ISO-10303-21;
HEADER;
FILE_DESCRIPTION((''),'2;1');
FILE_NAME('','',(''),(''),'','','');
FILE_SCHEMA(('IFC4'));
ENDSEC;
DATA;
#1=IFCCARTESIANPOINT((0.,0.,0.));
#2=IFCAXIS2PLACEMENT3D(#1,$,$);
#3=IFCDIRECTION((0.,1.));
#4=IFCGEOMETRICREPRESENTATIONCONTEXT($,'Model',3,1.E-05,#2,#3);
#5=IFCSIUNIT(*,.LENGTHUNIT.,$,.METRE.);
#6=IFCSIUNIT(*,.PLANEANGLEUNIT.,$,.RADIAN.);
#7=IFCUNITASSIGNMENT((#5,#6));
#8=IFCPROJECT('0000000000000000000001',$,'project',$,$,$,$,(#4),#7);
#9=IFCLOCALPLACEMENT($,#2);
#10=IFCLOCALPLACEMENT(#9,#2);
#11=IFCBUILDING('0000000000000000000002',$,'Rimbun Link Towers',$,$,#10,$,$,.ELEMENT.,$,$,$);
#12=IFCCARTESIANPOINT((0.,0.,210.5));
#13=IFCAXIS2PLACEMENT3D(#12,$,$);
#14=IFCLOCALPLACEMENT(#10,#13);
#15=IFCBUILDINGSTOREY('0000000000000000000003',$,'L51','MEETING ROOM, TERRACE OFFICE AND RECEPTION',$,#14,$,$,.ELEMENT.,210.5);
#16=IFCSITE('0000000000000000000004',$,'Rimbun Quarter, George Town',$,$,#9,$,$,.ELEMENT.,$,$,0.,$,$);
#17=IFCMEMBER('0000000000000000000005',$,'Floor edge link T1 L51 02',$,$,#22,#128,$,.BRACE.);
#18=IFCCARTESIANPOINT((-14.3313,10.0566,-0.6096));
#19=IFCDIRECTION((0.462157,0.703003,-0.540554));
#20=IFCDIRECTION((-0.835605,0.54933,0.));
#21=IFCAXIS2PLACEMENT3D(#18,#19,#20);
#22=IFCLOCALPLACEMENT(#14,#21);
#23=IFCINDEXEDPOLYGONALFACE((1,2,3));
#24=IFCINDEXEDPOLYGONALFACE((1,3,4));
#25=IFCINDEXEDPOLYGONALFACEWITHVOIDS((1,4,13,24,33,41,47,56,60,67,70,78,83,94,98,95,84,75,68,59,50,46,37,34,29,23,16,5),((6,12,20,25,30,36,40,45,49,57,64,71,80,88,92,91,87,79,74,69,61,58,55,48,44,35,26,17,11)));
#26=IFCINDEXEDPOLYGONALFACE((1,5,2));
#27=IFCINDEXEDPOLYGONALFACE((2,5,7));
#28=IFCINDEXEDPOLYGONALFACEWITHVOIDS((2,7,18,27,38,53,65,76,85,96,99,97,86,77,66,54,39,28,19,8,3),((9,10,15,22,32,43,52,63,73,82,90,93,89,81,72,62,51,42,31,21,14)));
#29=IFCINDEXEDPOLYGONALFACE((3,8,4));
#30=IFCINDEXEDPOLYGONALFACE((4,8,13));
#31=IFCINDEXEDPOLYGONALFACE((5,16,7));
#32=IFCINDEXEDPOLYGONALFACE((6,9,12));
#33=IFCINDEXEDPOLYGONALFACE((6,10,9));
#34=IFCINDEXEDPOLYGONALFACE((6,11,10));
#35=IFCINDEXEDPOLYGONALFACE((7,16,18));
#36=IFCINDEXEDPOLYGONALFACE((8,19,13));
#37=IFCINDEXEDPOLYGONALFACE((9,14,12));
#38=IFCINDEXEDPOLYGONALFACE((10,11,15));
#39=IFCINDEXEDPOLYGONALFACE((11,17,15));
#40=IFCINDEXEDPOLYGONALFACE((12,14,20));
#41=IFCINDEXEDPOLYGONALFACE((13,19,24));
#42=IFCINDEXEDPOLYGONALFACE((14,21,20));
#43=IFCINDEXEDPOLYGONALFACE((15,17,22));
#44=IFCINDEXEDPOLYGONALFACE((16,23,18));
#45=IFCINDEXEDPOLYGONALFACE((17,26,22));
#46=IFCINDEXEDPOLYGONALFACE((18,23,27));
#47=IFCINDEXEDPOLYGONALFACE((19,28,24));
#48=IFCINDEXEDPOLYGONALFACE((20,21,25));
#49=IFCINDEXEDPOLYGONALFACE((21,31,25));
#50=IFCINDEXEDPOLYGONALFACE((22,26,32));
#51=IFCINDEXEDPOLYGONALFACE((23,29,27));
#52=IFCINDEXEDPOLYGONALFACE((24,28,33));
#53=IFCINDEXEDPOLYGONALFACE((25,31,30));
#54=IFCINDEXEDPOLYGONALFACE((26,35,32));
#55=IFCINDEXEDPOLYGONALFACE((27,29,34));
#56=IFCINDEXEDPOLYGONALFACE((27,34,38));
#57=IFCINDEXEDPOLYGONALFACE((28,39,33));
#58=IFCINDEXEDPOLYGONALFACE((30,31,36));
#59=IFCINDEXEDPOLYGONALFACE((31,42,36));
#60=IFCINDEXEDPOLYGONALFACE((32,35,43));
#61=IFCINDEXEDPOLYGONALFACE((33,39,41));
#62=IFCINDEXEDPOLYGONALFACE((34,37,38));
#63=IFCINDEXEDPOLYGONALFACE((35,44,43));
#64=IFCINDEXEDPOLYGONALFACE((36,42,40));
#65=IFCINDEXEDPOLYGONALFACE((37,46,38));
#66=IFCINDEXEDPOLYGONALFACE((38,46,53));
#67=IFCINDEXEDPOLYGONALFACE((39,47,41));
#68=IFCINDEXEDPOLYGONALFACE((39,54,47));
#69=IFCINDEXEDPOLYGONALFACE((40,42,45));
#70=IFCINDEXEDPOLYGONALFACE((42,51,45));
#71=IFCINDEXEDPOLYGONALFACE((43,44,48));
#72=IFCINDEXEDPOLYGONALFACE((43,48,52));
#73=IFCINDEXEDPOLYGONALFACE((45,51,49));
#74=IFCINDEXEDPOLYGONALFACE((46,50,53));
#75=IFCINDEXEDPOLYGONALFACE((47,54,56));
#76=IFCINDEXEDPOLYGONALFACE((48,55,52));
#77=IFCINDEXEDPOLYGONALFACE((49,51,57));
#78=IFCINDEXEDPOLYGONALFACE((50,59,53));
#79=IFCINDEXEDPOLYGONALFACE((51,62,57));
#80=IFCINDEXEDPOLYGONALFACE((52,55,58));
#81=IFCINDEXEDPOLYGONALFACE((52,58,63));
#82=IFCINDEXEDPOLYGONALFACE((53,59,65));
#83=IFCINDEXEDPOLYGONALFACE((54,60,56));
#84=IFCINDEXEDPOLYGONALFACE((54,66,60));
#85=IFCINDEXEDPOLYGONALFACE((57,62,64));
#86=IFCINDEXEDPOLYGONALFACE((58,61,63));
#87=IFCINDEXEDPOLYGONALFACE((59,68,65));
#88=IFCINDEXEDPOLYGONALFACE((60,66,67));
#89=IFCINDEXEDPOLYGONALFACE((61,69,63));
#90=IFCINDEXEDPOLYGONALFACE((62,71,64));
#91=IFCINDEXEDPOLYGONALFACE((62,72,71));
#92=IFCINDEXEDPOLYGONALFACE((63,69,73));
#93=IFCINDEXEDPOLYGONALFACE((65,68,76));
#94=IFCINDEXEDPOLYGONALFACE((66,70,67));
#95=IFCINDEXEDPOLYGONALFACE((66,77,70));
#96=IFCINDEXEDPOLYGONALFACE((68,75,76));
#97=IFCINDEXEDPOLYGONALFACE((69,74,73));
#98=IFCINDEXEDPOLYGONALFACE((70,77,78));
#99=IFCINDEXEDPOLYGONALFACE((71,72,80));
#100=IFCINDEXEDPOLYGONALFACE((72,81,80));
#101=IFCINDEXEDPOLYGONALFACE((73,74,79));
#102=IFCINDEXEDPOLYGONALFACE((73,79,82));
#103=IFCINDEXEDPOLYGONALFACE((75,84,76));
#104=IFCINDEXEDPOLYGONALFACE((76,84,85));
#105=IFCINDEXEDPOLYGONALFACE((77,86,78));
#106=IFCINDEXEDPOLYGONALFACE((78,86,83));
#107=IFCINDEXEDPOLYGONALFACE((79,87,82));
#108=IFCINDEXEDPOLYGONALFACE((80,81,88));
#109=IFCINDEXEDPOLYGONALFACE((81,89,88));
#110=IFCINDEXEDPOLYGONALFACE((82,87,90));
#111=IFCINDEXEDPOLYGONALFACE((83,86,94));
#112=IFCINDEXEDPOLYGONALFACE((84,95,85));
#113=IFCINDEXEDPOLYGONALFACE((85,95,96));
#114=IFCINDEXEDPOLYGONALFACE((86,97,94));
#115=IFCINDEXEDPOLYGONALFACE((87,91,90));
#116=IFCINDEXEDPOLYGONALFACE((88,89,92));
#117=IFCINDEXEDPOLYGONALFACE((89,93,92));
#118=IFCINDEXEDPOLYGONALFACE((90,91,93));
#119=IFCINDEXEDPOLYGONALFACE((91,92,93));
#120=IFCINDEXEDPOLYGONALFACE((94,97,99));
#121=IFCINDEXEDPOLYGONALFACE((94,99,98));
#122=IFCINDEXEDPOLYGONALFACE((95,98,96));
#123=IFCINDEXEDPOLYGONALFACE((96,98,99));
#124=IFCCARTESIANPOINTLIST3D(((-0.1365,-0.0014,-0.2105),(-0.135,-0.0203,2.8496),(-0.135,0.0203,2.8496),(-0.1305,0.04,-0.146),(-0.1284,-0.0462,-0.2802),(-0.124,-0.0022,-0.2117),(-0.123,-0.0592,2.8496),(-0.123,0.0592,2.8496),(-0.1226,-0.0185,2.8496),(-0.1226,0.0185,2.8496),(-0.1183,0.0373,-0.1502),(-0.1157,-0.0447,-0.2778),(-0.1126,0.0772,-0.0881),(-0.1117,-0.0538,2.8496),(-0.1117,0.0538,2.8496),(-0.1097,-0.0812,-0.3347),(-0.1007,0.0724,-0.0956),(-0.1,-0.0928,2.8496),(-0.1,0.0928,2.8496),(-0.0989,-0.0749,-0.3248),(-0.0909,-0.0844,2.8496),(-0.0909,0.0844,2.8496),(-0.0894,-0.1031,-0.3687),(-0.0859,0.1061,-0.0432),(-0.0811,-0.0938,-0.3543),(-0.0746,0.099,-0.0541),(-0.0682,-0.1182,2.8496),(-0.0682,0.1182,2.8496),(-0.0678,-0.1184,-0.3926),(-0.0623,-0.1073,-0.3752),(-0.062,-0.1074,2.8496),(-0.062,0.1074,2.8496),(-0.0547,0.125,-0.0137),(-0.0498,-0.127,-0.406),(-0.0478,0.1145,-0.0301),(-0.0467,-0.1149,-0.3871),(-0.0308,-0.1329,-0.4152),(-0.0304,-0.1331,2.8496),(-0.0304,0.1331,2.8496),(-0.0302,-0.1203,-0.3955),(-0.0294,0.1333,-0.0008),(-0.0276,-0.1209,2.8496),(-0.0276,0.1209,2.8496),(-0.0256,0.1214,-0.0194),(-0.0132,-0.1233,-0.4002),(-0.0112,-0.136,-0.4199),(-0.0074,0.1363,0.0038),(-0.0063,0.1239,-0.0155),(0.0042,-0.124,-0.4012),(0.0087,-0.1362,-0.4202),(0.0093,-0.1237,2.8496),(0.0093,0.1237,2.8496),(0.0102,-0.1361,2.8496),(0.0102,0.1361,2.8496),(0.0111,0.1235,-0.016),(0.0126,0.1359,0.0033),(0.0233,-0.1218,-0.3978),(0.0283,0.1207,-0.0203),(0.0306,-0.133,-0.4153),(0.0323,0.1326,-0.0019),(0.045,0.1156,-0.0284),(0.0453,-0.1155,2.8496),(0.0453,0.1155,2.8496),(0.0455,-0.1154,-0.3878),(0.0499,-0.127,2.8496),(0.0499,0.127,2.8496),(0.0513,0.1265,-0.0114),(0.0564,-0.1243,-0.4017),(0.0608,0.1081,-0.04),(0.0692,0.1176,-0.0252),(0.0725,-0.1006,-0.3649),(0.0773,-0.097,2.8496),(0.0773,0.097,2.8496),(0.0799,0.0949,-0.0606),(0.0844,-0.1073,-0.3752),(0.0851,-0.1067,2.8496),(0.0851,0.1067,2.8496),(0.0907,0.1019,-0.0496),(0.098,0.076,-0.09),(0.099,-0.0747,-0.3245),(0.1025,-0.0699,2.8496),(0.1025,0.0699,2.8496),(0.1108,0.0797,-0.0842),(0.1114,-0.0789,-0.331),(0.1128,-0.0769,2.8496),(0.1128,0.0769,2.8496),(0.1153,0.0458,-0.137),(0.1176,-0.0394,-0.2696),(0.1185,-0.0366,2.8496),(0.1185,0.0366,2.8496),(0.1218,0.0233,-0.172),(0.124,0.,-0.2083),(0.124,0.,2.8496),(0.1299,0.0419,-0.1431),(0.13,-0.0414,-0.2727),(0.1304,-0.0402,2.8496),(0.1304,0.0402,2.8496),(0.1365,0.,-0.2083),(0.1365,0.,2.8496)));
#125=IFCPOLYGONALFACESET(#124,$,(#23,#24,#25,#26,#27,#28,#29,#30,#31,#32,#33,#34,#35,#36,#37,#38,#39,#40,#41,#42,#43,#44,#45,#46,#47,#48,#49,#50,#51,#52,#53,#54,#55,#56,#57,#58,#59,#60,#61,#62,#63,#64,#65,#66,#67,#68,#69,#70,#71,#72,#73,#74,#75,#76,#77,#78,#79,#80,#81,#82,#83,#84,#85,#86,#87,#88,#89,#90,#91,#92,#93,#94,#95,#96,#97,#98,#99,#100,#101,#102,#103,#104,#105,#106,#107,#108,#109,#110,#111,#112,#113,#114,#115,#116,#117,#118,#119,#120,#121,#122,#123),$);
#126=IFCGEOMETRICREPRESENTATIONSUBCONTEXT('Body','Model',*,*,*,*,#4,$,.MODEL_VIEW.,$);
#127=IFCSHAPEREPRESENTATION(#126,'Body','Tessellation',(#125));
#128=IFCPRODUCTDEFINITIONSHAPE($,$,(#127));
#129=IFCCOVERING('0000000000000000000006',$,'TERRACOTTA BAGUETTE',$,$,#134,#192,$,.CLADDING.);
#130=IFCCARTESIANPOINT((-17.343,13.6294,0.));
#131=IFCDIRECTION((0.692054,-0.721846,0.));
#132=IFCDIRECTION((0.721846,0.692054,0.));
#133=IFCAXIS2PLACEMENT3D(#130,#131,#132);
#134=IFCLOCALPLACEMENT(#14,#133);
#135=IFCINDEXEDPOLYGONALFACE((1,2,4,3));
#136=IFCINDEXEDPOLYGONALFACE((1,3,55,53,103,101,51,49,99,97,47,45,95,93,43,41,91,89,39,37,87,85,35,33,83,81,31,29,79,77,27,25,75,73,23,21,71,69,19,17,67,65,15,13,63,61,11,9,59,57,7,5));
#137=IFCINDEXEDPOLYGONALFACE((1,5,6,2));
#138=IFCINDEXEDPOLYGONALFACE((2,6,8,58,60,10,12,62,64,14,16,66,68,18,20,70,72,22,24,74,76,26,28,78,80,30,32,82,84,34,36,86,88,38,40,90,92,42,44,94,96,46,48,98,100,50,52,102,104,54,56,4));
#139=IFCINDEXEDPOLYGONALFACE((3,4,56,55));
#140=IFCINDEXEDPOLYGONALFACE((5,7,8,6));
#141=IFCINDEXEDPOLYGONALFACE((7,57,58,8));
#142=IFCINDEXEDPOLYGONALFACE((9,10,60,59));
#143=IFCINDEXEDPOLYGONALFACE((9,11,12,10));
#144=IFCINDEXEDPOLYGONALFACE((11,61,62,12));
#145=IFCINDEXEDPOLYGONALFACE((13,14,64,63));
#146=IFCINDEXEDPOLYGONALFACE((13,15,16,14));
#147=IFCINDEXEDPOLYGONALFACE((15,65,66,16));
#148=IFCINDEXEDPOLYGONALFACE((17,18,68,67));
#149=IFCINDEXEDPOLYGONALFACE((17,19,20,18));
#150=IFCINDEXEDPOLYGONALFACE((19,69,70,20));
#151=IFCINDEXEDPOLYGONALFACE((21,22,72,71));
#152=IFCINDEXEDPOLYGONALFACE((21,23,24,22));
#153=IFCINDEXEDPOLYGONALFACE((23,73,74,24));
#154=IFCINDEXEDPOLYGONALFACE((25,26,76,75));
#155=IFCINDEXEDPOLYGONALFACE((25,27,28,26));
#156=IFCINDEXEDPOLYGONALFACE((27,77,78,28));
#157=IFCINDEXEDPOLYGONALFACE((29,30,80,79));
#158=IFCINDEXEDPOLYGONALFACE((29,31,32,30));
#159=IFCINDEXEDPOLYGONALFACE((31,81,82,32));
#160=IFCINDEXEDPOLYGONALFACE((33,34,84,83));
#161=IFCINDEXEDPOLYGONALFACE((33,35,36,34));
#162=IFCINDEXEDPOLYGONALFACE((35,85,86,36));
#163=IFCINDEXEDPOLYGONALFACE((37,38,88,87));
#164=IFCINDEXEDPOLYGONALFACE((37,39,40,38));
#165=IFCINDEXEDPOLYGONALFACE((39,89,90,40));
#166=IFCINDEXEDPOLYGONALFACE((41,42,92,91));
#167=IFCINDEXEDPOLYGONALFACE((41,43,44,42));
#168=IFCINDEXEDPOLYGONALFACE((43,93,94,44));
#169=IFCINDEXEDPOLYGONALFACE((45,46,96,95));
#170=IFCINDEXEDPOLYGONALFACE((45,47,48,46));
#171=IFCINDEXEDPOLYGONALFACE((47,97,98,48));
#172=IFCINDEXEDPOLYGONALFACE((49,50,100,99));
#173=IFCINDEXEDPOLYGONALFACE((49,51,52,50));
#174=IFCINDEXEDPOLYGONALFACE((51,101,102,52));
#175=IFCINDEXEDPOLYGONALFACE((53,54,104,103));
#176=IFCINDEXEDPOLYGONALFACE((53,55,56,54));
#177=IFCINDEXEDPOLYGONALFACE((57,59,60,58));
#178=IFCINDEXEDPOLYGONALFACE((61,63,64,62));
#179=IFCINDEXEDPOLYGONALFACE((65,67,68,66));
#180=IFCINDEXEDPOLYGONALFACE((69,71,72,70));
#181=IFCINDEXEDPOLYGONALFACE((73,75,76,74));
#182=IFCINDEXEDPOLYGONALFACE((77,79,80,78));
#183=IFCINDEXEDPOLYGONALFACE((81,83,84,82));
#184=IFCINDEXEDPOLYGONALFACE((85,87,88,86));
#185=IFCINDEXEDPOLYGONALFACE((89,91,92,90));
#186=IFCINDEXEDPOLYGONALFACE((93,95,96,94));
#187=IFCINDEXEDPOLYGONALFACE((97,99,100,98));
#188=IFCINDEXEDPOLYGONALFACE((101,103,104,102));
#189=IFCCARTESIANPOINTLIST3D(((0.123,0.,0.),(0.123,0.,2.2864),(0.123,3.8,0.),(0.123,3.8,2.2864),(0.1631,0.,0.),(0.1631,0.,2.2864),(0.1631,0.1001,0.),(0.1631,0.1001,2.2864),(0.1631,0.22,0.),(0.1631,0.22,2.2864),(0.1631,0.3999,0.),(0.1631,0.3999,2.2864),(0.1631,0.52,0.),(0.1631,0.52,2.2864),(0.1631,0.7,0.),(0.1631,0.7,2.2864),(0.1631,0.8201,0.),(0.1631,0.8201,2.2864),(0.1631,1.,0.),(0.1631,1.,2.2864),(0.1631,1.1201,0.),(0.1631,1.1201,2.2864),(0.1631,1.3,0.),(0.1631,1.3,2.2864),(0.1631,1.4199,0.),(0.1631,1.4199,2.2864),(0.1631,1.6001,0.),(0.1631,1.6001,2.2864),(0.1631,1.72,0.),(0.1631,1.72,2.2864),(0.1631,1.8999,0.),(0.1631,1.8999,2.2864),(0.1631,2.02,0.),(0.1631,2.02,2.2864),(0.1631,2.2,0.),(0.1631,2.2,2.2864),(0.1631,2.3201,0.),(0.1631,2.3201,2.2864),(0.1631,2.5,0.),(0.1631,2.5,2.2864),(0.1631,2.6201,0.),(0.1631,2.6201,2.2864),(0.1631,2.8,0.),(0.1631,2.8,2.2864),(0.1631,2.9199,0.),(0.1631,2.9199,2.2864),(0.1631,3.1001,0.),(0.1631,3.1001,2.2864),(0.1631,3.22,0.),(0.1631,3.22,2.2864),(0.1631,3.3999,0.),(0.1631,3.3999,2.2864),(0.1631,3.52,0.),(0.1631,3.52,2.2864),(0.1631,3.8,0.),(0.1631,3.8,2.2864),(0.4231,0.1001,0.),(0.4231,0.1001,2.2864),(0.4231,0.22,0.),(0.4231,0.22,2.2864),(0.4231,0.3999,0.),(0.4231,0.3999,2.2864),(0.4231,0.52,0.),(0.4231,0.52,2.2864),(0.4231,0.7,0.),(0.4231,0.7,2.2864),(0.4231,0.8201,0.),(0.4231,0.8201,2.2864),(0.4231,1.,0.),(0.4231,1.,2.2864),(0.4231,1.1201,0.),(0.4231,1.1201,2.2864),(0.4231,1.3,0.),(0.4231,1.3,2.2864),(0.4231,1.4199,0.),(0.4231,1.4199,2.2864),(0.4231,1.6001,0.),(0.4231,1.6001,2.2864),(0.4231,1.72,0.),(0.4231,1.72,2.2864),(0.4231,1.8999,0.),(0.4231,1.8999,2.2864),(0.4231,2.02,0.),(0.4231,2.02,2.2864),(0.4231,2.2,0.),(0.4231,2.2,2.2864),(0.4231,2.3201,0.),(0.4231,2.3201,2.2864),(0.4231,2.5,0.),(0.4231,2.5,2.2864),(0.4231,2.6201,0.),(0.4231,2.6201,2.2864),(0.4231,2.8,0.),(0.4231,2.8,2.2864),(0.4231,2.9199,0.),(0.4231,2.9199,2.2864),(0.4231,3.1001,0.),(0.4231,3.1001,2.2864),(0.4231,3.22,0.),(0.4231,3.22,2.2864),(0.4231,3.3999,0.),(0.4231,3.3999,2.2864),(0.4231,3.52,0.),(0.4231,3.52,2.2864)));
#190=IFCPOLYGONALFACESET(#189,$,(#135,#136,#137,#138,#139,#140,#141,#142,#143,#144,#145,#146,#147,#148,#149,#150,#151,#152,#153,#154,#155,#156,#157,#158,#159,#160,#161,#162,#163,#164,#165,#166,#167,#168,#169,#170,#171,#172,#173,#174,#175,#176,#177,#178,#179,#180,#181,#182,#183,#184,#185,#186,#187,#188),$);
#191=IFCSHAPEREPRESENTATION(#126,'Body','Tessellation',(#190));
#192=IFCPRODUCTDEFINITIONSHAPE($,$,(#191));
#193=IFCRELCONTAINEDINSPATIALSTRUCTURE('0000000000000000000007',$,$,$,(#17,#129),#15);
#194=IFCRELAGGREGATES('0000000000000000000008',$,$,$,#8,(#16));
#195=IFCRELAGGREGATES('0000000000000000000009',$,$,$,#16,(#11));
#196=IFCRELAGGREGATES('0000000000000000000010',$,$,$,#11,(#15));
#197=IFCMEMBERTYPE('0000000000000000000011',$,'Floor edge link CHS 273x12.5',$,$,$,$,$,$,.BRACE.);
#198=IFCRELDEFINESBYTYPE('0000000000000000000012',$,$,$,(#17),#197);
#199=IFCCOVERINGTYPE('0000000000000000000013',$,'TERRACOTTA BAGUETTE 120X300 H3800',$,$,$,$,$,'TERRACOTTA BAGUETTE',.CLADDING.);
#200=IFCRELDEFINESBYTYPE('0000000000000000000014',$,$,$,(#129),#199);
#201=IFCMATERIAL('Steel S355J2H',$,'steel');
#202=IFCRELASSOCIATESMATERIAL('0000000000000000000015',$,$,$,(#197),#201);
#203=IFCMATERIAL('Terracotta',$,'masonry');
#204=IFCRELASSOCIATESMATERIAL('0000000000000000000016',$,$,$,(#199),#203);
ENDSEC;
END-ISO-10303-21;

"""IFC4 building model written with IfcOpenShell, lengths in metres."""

from ifc_helpers import new_model, si_unit, direction, frame, origin, origin_2d, place, context, subcontext, project, spatial, polyline, hollow_circle, outline, extrude, clip, halfspace, material, material_profile, profile_set, type_object, element, save


model = new_model("IFC4")

# Units and contexts
model_context = context("Model", 3, precision=1e-05, world=origin(), true_north=direction((0.0, 1.0)))
body_context = subcontext(model_context, "Body", "Model", "MODEL_VIEW")
ifc_project = project(units=[si_unit("LENGTHUNIT", "METRE"), si_unit("PLANEANGLEUNIT", "RADIAN")], contexts=[model_context])

# Site, building, storey
site_placement = place(None, origin())
site = spatial("IfcSite", under=ifc_project, at=site_placement, Name="Rimbun Quarter, George Town", CompositionType="ELEMENT", RefElevation=0.0)
building_placement = place(site_placement, origin())
building = spatial("IfcBuilding", under=site, at=building_placement, Name="Rimbun Link Towers", CompositionType="ELEMENT")
storey_placement = place(building_placement, frame((0.0, 0.0, 210.5)))
storey = spatial("IfcBuildingStorey", under=building, at=storey_placement, Name="L51", Description="MEETING ROOM, TERRACE OFFICE AND RECEPTION", CompositionType="ELEMENT", Elevation=210.5)

# Member
ifc_material_1 = material(Name="Steel S355J2H", Category="steel")
ifc_material_profile_1 = material_profile(ifc_material_1, hollow_circle(Radius=0.1365, WallThickness=0.0125, at=origin_2d()), Name="CHS 273x12.5")
ifc_profile_set_1 = profile_set([ifc_material_profile_1], Name="Steel S355J2H")
member_type_1 = type_object("IfcMemberType", Name="Floor edge link CHS 273x12.5", PredefinedType="BRACE", material=ifc_profile_set_1)
member_1_placement = place(storey_placement, frame((-14.3313, 10.0566, -0.6096), z_axis=(0.462157, 0.703003, -0.540554), x_axis=(-0.835605, 0.54933, 0.0)))
element("IfcMember", 1, at=member_1_placement, inside=storey, type_object=member_type_1, Name="Floor edge link T1 L51 02", PredefinedType="BRACE", context=body_context, shape_type="Clipping", body=[
    clip(extrude(hollow_circle(Radius=0.1365, WallThickness=0.0125, at=origin_2d()), frame((0.0, 0.0, -0.4434)), (0.0, 0.0, 1.0), 3.293), halfspace(frame((0.0, 0.0, -0.2083), z_axis=(0.0, 0.841309, -0.540554)), False)),
])

# Covering
ifc_material_2 = material(Name="Terracotta", Category="masonry")
ifc_material_profile_2 = material_profile(ifc_material_2, outline(polyline([(0.123, 0.0), (0.1631, 0.0), (0.1631, 0.1001), (0.4231, 0.1001), (0.4231, 0.22), (0.1631, 0.22), (0.1631, 0.3999), (0.4231, 0.3999), (0.4231, 0.52), (0.1631, 0.52), (0.1631, 0.7), (0.4231, 0.7), (0.4231, 0.8201), (0.1631, 0.8201), (0.1631, 1.0), (0.4231, 1.0), (0.4231, 1.1201), (0.1631, 1.1201), (0.1631, 1.3), (0.4231, 1.3), (0.4231, 1.4199), (0.1631, 1.4199), (0.1631, 1.6001), (0.4231, 1.6001), (0.4231, 1.72), (0.1631, 1.72), (0.1631, 1.8999), (0.4231, 1.8999), (0.4231, 2.02), (0.1631, 2.02), (0.1631, 2.2), (0.4231, 2.2), (0.4231, 2.3201), (0.1631, 2.3201), (0.1631, 2.5), (0.4231, 2.5), (0.4231, 2.6201), (0.1631, 2.6201), (0.1631, 2.8), (0.4231, 2.8), (0.4231, 2.9199), (0.1631, 2.9199), (0.1631, 3.1001), (0.4231, 3.1001), (0.4231, 3.22), (0.1631, 3.22), (0.1631, 3.3999), (0.4231, 3.3999), (0.4231, 3.52), (0.1631, 3.52), (0.1631, 3.8), (0.123, 3.8), (0.123, 0.0)])), Name="BAGUETTE 120X300")
ifc_profile_set_2 = profile_set([ifc_material_profile_2], Name="Terracotta")
covering_type = type_object("IfcCoveringType", Name="TERRACOTTA BAGUETTE 120X300 H3800", ElementType="TERRACOTTA BAGUETTE", PredefinedType="CLADDING", material=ifc_profile_set_2)
covering_placement = place(storey_placement, frame((-17.343, 13.6294, 0.0), z_axis=(0.692054, -0.721846, 0.0), x_axis=(0.721846, 0.692054, 0.0)))
element("IfcCovering", 2, at=covering_placement, inside=storey, type_object=covering_type, Name="TERRACOTTA BAGUETTE", PredefinedType="CLADDING", context=body_context, shape_type="SweptSolid", body=[
    extrude(outline(polyline([(0.123, 0.0), (0.1631, 0.0), (0.1631, 0.1001), (0.4231, 0.1001), (0.4231, 0.22), (0.1631, 0.22), (0.1631, 0.3999), (0.4231, 0.3999), (0.4231, 0.52), (0.1631, 0.52), (0.1631, 0.7), (0.4231, 0.7), (0.4231, 0.8201), (0.1631, 0.8201), (0.1631, 1.0), (0.4231, 1.0), (0.4231, 1.1201), (0.1631, 1.1201), (0.1631, 1.3), (0.4231, 1.3), (0.4231, 1.4199), (0.1631, 1.4199), (0.1631, 1.6001), (0.4231, 1.6001), (0.4231, 1.72), (0.1631, 1.72), (0.1631, 1.8999), (0.4231, 1.8999), (0.4231, 2.02), (0.1631, 2.02), (0.1631, 2.2), (0.4231, 2.2), (0.4231, 2.3201), (0.1631, 2.3201), (0.1631, 2.5), (0.4231, 2.5), (0.4231, 2.6201), (0.1631, 2.6201), (0.1631, 2.8), (0.4231, 2.8), (0.4231, 2.9199), (0.1631, 2.9199), (0.1631, 3.1001), (0.4231, 3.1001), (0.4231, 3.22), (0.1631, 3.22), (0.1631, 3.3999), (0.4231, 3.3999), (0.4231, 3.52), (0.1631, 3.52), (0.1631, 3.8), (0.123, 3.8), (0.123, 0.0)])), origin(), (0.0, 0.0, 1.0), 2.2864),
])

save(model, "model.ifc")
